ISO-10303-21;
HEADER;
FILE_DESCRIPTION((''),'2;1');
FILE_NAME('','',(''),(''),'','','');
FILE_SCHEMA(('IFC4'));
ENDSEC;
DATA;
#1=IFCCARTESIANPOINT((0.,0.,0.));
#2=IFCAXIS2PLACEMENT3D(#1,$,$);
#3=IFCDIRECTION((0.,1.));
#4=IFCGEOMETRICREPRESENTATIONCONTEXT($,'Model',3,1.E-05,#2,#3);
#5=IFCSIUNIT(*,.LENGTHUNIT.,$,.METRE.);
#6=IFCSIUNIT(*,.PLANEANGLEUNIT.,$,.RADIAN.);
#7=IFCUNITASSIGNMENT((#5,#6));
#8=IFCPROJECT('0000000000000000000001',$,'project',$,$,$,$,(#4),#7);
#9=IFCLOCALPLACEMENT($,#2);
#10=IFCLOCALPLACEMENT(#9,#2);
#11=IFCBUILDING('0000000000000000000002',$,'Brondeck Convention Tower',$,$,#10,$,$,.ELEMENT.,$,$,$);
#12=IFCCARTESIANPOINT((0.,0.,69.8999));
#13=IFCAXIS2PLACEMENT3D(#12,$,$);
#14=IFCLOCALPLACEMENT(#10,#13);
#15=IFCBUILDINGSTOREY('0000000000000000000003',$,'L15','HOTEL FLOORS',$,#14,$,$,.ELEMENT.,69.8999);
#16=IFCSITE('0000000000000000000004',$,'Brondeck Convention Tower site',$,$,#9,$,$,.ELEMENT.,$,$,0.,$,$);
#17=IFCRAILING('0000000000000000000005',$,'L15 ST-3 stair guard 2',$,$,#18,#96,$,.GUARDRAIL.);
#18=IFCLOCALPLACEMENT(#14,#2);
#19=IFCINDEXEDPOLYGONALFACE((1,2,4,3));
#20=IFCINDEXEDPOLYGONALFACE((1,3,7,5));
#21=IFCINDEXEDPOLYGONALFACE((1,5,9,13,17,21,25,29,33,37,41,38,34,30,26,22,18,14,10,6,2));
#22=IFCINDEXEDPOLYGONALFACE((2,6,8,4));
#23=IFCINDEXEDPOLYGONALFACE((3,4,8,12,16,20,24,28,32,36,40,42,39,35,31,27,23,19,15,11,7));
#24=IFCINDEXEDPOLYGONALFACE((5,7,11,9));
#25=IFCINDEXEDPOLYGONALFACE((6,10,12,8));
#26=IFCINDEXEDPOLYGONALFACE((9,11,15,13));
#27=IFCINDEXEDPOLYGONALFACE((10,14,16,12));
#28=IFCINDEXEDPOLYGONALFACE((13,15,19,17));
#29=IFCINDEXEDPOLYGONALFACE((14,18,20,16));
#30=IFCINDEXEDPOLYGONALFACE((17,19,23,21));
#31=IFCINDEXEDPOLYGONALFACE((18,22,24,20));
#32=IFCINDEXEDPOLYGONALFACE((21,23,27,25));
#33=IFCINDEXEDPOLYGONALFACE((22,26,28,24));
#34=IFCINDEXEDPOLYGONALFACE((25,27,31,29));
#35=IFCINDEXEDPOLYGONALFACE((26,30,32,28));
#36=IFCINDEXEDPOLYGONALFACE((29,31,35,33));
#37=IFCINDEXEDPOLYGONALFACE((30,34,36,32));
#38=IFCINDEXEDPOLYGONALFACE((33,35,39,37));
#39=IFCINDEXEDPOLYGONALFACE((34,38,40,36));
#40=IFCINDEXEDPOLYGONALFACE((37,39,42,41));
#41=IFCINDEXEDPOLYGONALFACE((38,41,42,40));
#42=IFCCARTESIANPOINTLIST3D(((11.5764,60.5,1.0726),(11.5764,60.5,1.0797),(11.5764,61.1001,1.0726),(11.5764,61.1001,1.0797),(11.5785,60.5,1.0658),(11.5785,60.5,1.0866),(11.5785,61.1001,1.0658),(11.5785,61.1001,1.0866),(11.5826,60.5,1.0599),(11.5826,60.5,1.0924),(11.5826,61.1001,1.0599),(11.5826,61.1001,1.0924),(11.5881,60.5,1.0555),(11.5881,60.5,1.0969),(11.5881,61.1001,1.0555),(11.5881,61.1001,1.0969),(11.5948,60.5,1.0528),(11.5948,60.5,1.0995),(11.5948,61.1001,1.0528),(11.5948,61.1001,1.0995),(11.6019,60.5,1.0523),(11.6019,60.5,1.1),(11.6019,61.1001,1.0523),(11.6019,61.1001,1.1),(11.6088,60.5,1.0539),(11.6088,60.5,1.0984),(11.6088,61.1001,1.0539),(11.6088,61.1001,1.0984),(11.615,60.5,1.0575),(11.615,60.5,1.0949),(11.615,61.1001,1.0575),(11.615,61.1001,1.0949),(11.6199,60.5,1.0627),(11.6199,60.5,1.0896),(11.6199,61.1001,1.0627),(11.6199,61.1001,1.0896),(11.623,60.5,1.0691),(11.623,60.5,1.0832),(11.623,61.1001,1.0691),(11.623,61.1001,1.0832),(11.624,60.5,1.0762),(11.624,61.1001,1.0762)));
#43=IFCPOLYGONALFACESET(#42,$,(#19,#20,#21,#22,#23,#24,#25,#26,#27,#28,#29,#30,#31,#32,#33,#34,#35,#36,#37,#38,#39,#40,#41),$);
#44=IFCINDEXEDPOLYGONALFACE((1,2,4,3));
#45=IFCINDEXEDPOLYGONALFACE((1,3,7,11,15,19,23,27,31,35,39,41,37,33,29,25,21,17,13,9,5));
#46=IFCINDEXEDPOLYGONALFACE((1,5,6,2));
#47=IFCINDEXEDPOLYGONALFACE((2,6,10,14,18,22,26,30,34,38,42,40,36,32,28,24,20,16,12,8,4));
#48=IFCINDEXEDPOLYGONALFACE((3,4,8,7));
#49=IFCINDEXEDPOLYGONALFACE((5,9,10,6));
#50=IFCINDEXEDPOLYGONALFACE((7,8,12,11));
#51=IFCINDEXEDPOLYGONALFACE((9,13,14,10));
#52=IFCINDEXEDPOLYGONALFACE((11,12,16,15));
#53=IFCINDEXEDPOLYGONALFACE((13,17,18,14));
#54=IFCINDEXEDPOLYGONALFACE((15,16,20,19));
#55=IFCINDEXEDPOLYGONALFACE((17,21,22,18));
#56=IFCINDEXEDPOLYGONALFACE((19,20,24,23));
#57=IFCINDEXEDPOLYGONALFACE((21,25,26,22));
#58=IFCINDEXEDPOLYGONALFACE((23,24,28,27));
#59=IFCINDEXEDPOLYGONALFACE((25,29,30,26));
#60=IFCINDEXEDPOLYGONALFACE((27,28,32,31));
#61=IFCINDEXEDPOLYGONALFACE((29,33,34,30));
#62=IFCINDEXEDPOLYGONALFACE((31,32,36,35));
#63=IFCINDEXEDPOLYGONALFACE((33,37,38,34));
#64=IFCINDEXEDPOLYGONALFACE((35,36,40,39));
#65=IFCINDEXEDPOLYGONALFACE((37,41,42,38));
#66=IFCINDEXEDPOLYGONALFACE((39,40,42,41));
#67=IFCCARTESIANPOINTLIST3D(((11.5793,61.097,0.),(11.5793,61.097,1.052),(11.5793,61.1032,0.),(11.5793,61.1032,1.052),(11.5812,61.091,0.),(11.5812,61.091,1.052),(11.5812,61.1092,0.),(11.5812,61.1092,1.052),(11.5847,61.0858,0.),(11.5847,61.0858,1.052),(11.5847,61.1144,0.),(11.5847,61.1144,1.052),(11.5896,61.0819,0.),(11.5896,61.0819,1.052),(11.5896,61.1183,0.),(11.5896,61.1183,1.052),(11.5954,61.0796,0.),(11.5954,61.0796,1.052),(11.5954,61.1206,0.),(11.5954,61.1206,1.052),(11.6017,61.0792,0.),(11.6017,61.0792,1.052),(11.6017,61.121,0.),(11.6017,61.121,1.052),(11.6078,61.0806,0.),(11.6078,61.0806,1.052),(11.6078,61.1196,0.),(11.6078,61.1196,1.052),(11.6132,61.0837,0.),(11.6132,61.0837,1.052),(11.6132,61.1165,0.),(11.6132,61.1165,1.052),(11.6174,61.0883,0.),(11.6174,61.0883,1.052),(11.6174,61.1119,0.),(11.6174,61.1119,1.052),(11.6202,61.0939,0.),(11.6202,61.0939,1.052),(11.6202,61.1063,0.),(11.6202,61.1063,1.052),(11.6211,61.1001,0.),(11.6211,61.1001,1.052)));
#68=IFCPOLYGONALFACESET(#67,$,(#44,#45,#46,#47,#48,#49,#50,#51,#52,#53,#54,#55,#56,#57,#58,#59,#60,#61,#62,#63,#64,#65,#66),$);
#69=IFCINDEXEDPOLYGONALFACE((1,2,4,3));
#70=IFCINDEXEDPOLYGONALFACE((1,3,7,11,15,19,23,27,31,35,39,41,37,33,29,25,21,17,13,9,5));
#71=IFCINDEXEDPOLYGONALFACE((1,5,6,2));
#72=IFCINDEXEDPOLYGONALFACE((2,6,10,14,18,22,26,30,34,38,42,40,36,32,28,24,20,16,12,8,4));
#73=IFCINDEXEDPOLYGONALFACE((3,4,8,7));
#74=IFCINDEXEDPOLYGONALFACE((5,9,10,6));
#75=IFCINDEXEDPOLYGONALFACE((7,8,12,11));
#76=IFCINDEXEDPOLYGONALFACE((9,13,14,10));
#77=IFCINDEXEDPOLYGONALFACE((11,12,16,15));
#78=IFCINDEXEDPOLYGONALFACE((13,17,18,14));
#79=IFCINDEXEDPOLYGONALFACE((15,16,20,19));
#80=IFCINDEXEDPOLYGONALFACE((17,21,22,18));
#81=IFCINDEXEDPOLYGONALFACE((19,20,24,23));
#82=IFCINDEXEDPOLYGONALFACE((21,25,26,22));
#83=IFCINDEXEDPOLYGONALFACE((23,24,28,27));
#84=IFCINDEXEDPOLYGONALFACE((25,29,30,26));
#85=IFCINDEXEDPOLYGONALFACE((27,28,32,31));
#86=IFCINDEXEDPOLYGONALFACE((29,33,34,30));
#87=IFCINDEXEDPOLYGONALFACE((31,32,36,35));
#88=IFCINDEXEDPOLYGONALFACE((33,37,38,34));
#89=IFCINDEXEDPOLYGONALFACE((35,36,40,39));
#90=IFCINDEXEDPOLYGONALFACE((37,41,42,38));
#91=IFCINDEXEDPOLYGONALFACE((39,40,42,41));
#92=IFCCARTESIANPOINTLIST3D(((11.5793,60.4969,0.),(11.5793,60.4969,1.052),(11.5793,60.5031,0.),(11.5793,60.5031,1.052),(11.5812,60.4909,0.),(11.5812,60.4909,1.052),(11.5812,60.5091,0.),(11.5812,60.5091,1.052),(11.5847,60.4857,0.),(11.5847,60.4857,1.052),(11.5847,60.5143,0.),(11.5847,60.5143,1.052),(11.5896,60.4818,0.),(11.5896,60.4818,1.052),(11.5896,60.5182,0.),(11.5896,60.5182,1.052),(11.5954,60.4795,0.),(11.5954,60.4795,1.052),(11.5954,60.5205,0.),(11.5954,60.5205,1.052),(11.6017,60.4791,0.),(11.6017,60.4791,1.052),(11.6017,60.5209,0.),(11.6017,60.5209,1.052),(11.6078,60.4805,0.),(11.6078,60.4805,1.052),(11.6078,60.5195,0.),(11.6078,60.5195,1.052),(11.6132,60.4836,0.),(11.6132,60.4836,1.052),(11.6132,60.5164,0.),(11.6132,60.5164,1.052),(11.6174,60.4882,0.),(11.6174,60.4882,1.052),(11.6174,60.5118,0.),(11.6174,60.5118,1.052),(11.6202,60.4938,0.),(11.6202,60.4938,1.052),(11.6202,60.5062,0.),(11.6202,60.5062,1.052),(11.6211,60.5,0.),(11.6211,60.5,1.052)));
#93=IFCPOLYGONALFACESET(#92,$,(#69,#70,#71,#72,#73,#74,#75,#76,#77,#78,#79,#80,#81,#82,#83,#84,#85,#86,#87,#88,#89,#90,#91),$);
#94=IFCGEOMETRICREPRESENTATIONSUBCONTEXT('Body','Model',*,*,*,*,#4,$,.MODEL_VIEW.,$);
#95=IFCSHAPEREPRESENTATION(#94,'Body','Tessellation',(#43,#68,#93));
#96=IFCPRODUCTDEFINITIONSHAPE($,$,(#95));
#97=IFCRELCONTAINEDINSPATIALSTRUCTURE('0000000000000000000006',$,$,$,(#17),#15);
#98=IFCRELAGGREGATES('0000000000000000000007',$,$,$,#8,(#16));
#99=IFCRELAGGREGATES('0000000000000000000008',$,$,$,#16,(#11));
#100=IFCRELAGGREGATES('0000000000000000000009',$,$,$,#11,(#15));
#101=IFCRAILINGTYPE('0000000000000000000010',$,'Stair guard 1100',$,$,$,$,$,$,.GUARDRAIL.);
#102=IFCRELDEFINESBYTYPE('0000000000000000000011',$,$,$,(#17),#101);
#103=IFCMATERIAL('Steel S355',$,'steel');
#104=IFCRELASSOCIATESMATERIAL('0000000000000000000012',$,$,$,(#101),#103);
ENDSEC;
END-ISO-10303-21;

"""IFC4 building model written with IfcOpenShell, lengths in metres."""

from ifc_helpers import new_model, si_unit, direction, frame, origin, origin_2d, place, context, subcontext, project, spatial, circle, extrude, material, type_object, element, save


model = new_model("IFC4")

# Units and contexts
model_context = context("Model", 3, precision=1e-05, world=origin(), true_north=direction((0.0, 1.0)))
body_context = subcontext(model_context, "Body", "Model", "MODEL_VIEW")
ifc_project = project(units=[si_unit("LENGTHUNIT", "METRE"), si_unit("PLANEANGLEUNIT", "RADIAN")], contexts=[model_context])

# Site, building, storey
site_placement = place(None, origin())
site = spatial("IfcSite", under=ifc_project, at=site_placement, Name="Brondeck Convention Tower site", CompositionType="ELEMENT", RefElevation=0.0)
building_placement = place(site_placement, origin())
building = spatial("IfcBuilding", under=site, at=building_placement, Name="Brondeck Convention Tower", CompositionType="ELEMENT")
storey_placement = place(building_placement, frame((0.0, 0.0, 69.8999)))
storey = spatial("IfcBuildingStorey", under=building, at=storey_placement, Name="L15", Description="HOTEL FLOORS", CompositionType="ELEMENT", Elevation=69.8999)

# Railing
ifc_material_1 = material(Name="Steel S355", Category="steel")
railing_type_1 = type_object("IfcRailingType", Name="Stair guard 1100", PredefinedType="GUARDRAIL", material=ifc_material_1)
railing_1_placement = place(storey_placement, frame((11.6001, 61.1001, 0.0)))
element("IfcRailing", 1, at=railing_1_placement, inside=storey, type_object=railing_type_1, Name="L15 ST-3 stair guard 2", PredefinedType="GUARDRAIL", context=body_context, shape_type="SweptSolid", body=[
    extrude(circle(Radius=0.0239, at=origin_2d()), frame((0.0, 0.0, 1.0762), z_axis=(0.0, -1.0, 0.0), x_axis=(1.0, 0.0, 0.0)), (0.0, 0.0, 1.0), 0.6001),
    extrude(circle(Radius=0.021, at=origin_2d()), origin(), (0.0, 0.0, 1.0), 1.052),
    extrude(circle(Radius=0.021, at=origin_2d()), frame((0.0, -0.6001, 0.0)), (0.0, 0.0, 1.0), 1.052),
])

save(model, "model.ifc")
